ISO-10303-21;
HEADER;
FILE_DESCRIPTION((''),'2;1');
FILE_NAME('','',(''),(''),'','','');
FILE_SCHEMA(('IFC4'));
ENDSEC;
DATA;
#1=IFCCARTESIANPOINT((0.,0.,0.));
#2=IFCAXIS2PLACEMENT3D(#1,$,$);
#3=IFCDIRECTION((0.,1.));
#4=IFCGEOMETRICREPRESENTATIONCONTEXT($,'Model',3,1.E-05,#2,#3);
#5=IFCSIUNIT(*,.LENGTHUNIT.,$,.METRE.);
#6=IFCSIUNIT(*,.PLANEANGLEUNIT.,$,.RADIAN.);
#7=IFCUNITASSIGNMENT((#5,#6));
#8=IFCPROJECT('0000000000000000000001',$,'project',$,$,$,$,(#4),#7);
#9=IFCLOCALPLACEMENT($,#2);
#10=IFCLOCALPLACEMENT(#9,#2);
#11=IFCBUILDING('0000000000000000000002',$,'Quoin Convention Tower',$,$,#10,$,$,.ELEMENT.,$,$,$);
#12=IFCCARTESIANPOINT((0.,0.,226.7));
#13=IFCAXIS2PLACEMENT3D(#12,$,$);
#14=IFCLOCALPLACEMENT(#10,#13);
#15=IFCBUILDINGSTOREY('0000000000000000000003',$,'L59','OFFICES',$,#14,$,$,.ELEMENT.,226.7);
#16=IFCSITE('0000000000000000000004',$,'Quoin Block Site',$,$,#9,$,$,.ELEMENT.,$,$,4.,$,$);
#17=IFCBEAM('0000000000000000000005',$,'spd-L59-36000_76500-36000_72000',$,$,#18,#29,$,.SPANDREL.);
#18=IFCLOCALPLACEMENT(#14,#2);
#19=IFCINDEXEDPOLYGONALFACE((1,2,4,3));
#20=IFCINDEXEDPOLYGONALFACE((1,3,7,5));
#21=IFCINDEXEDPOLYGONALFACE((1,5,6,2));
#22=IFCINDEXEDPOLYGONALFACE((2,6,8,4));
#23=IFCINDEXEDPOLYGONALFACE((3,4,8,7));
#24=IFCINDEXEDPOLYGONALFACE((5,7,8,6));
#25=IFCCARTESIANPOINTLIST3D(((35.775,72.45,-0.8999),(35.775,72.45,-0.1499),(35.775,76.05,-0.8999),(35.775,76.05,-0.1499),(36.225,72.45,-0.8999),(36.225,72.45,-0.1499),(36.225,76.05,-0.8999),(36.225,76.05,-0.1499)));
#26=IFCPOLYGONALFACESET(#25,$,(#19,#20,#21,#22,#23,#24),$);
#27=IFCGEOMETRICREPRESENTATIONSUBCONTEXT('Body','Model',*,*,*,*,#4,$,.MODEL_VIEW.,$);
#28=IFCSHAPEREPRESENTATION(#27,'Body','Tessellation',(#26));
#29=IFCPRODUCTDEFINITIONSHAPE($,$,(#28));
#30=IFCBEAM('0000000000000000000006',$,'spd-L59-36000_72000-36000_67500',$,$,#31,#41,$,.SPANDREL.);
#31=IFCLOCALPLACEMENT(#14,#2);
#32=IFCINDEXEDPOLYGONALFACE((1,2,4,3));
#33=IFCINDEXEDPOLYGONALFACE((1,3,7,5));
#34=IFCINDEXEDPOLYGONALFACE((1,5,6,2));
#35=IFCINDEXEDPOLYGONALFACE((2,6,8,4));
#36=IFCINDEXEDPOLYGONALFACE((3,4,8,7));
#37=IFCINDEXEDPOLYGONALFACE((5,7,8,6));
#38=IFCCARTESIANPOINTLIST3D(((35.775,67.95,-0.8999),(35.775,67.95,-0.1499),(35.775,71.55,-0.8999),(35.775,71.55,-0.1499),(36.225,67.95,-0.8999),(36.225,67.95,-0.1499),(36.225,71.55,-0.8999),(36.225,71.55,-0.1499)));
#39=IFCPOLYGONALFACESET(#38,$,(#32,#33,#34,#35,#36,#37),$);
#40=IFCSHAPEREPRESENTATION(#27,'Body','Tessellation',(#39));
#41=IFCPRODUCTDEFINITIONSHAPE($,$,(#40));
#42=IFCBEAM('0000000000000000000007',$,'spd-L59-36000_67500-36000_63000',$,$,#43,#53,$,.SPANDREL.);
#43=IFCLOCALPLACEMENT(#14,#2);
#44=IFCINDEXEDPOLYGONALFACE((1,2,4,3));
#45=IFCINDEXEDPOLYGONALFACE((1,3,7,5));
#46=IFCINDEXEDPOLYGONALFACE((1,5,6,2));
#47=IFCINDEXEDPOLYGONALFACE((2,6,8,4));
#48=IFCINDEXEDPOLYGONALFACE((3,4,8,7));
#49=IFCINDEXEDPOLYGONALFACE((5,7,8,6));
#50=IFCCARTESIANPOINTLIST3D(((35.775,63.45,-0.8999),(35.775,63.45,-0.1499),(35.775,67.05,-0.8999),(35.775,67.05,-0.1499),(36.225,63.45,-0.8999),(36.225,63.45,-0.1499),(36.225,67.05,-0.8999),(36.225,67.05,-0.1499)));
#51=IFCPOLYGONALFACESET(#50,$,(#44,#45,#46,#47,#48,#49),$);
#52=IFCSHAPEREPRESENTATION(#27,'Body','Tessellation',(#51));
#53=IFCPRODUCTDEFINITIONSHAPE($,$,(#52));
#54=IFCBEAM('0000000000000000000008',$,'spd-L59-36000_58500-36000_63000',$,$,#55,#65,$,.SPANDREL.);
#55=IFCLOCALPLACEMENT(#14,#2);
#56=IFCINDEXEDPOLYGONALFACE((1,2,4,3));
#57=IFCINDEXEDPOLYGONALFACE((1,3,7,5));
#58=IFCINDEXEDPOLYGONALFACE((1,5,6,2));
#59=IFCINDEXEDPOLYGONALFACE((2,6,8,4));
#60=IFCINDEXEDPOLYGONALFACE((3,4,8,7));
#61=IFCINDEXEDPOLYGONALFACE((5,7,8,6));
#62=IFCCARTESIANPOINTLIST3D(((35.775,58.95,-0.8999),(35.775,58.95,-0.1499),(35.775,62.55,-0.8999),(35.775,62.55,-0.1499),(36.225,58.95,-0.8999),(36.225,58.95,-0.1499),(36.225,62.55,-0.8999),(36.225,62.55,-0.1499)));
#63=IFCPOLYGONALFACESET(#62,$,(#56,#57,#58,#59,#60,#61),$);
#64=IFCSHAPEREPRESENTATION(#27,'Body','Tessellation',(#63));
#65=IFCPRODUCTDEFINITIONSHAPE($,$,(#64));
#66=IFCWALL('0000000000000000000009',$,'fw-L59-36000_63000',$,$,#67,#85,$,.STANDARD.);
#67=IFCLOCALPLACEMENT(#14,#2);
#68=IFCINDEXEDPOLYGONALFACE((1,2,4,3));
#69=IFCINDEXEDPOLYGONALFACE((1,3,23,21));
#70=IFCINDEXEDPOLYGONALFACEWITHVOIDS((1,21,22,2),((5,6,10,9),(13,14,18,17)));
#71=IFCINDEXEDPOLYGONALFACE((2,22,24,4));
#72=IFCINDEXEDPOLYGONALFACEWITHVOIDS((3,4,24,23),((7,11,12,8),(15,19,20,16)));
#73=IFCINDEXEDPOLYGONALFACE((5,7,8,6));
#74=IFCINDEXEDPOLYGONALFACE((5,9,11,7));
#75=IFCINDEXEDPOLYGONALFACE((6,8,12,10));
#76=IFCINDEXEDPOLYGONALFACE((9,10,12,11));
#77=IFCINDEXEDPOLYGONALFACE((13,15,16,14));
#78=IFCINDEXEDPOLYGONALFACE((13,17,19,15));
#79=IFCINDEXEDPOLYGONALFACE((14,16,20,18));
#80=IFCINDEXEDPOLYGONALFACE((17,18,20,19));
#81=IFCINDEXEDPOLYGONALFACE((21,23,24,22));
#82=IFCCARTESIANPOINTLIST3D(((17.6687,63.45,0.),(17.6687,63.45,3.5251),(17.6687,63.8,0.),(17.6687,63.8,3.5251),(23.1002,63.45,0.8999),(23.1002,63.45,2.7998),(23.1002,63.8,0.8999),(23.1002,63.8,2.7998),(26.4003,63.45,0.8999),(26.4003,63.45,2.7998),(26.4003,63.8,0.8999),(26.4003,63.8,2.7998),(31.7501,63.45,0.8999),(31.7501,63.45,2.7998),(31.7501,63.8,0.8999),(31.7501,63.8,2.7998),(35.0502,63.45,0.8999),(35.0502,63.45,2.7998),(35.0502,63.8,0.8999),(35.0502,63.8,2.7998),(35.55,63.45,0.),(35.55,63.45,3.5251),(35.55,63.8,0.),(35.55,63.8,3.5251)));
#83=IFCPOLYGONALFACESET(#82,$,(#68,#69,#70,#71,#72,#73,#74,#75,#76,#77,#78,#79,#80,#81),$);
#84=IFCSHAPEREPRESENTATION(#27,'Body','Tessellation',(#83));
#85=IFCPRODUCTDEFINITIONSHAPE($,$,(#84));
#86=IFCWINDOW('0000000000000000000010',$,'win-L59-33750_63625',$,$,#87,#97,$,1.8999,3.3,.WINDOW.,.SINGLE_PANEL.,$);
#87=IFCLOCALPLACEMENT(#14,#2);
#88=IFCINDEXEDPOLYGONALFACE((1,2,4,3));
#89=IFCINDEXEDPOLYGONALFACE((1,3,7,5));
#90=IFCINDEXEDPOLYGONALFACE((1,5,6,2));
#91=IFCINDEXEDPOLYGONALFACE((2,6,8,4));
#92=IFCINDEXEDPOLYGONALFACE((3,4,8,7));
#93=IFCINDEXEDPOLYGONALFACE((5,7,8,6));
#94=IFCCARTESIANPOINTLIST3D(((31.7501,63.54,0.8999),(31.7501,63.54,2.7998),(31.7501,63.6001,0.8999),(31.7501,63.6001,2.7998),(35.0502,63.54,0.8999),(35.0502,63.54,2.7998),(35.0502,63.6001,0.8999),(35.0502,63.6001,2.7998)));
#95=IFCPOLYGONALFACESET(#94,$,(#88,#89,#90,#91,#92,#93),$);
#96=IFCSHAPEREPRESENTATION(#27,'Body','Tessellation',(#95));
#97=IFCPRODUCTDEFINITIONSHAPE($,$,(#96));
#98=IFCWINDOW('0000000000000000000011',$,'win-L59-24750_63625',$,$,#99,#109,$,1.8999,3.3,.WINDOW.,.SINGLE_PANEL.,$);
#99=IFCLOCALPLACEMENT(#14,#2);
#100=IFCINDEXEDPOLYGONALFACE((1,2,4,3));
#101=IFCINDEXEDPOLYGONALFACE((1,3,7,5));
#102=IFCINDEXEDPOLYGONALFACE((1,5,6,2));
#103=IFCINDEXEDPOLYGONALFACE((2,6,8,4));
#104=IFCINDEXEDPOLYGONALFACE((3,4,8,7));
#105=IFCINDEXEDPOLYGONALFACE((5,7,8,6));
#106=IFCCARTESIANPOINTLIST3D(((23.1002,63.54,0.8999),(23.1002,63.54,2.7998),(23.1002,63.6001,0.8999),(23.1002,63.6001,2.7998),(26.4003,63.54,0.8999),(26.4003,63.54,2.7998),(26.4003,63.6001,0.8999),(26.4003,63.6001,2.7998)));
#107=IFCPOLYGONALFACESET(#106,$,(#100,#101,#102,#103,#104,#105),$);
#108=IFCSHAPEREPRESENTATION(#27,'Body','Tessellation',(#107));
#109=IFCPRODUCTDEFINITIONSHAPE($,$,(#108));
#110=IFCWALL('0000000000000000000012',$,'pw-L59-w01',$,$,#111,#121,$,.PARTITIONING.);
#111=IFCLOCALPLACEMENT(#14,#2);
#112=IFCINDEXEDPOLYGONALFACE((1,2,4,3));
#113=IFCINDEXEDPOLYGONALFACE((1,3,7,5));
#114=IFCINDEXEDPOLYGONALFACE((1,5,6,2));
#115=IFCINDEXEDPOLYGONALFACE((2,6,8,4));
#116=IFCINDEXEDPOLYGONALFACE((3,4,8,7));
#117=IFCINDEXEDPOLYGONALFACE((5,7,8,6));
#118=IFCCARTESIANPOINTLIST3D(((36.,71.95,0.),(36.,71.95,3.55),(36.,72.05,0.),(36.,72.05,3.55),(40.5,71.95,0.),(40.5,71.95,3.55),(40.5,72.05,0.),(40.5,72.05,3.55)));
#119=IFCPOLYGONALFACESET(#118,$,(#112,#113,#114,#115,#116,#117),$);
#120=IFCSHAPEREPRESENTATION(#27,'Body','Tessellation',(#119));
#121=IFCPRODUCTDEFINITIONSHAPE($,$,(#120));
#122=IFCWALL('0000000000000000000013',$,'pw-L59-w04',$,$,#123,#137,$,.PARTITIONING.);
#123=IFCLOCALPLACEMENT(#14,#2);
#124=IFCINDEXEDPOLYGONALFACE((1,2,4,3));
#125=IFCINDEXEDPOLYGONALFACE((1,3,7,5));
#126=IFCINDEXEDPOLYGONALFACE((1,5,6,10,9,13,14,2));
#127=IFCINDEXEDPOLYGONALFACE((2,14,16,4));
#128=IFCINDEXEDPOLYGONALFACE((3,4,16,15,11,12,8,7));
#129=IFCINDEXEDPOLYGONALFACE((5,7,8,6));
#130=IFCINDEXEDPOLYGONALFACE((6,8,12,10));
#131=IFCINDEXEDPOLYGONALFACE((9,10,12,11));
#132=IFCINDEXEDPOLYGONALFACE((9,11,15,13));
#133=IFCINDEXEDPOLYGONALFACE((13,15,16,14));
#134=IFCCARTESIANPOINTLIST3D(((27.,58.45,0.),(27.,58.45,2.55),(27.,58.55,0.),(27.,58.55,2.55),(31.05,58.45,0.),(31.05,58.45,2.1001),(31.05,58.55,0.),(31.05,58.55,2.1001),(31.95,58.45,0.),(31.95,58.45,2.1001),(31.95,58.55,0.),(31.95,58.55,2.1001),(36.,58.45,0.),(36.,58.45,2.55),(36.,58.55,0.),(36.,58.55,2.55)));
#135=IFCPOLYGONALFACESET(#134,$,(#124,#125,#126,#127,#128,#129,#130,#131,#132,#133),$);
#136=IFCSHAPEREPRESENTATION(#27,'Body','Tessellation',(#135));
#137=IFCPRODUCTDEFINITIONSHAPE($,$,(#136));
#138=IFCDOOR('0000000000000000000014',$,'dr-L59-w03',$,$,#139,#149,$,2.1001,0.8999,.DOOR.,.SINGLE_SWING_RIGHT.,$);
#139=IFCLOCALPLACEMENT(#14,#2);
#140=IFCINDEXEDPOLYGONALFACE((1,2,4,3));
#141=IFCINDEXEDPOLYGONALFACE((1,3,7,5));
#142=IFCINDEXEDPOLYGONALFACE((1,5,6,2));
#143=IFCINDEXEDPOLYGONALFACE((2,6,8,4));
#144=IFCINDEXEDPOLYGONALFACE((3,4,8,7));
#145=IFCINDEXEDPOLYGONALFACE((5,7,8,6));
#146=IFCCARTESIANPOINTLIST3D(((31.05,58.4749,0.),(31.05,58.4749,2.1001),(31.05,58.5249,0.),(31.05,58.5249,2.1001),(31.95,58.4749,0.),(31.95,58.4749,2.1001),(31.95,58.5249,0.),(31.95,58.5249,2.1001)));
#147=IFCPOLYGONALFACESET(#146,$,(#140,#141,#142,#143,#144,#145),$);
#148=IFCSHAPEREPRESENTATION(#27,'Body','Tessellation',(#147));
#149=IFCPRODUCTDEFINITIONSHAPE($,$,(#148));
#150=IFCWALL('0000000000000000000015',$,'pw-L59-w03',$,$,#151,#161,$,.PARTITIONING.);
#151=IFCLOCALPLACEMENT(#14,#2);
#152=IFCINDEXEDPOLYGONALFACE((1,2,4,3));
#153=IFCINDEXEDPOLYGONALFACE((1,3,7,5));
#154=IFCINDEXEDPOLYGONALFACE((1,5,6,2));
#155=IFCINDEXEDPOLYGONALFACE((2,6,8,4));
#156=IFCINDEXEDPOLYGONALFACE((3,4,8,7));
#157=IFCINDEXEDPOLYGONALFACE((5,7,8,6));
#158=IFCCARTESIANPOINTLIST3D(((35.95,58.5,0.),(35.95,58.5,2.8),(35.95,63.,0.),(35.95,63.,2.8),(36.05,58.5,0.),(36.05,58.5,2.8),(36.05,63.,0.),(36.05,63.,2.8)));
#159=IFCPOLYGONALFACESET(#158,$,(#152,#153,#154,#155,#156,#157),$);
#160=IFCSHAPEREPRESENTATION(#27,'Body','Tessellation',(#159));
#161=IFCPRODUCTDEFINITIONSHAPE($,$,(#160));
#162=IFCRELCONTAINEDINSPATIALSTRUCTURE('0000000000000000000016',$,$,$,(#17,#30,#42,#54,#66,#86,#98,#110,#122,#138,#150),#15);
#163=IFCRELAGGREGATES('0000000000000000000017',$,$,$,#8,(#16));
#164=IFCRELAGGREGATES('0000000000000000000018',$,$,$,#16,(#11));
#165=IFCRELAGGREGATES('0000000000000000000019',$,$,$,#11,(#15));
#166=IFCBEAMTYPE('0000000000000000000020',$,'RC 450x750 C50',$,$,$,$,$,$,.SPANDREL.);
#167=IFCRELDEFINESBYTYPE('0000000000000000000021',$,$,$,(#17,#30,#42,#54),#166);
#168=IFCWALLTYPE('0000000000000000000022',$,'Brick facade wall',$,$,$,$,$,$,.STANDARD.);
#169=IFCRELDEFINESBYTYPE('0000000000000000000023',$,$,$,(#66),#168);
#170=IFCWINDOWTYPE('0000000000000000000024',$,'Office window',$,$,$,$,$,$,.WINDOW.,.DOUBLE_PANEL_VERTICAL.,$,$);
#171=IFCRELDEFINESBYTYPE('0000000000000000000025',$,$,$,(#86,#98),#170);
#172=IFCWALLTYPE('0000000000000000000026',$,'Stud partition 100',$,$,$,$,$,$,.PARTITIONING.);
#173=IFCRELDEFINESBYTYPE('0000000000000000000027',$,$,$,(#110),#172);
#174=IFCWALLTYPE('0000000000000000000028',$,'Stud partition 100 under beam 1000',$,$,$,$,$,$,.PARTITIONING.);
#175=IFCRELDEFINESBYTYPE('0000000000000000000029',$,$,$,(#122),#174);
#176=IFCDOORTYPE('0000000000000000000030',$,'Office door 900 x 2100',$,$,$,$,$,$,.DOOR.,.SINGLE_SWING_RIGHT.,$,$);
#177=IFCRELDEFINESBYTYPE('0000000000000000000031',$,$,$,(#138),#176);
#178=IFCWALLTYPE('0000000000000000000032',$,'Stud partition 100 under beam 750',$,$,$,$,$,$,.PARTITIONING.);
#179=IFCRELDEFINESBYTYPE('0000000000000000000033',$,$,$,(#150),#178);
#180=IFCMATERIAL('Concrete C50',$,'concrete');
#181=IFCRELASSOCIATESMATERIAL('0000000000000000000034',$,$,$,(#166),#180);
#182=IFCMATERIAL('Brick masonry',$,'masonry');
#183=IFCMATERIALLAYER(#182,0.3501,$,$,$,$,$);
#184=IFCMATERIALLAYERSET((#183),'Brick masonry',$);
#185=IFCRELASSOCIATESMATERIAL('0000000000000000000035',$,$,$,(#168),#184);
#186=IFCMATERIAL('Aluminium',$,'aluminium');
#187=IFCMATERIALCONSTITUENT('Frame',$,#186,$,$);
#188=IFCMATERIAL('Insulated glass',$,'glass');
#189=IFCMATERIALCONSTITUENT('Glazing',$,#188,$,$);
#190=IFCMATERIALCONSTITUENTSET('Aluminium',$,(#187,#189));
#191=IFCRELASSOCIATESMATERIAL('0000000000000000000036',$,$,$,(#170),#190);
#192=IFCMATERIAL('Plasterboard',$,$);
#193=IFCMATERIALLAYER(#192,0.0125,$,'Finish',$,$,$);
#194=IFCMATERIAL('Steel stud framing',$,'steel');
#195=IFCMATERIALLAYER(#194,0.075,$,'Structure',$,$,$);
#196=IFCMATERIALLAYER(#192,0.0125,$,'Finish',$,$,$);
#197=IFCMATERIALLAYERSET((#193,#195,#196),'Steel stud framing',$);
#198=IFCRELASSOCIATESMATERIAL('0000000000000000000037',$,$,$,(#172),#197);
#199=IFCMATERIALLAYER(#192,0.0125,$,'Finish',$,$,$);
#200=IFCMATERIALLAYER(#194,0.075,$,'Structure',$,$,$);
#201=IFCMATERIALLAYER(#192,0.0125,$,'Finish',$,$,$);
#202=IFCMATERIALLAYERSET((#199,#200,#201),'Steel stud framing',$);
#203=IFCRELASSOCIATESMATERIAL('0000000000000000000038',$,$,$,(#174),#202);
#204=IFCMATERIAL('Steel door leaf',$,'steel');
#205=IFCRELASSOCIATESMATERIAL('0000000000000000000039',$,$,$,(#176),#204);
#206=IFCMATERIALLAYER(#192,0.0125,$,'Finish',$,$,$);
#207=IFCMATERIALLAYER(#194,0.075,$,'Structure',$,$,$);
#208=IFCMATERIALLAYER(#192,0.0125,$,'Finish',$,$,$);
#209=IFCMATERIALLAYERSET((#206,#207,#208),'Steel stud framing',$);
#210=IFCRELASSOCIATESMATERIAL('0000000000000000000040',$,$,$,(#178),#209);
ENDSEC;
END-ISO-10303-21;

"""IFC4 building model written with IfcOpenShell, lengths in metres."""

from ifc_helpers import new_model, si_unit, direction, frame, frame_2d, origin, origin_2d, place, context, subcontext, project, spatial, rectangle, extrude, material, layer, layer_set, constituent, constituent_set, material_profile, profile_set, type_object, element, fill, save


model = new_model("IFC4")

# Units and contexts
model_context = context("Model", 3, precision=1e-05, world=origin(), true_north=direction((0.0, 1.0)))
body_context = subcontext(model_context, "Body", "Model", "MODEL_VIEW")
ifc_project = project(units=[si_unit("LENGTHUNIT", "METRE"), si_unit("PLANEANGLEUNIT", "RADIAN")], contexts=[model_context])

# Site, building, storey
site_placement = place(None, origin())
site = spatial("IfcSite", under=ifc_project, at=site_placement, Name="Quoin Block Site", CompositionType="ELEMENT", RefElevation=4.0)
building_placement = place(site_placement, origin())
building = spatial("IfcBuilding", under=site, at=building_placement, Name="Quoin Convention Tower", CompositionType="ELEMENT")
storey_placement = place(building_placement, frame((0.0, 0.0, 226.7)))
storey = spatial("IfcBuildingStorey", under=building, at=storey_placement, Name="L59", Description="OFFICES", CompositionType="ELEMENT", Elevation=226.7)

# Shared definitions
ifc_material_1 = material(Name="Concrete C50", Category="concrete")

# Beams
ifc_material_profile_1 = material_profile(ifc_material_1, rectangle(XDim=0.45, YDim=0.75, at=origin_2d()), Name="RC 450x750")
ifc_profile_set_1 = profile_set([ifc_material_profile_1], Name="Concrete C50")
beam_type_1 = type_object("IfcBeamType", Name="RC 450x750 C50", PredefinedType="SPANDREL", material=ifc_profile_set_1)
for number, where, z_axis, x_axis, name in (
    (1, (36.0, 76.05, -0.5249), (0.0, -1.0, 0.0), (1.0, 0.0, 0.0), "spd-L59-36000_76500-36000_72000"),
    (2, (36.0, 71.55, -0.5249), (0.0, -1.0, 0.0), (1.0, 0.0, 0.0), "spd-L59-36000_72000-36000_67500"),
    (3, (36.0, 67.05, -0.5249), (0.0, -1.0, 0.0), (1.0, 0.0, 0.0), "spd-L59-36000_67500-36000_63000"),
    (4, (36.0, 58.95, -0.5249), (0.0, 1.0, 0.0), (-1.0, 0.0, 0.0), "spd-L59-36000_58500-36000_63000"),
):
    element("IfcBeam", number, at=place(storey_placement, frame(where, z_axis=z_axis, x_axis=x_axis)), inside=storey, type_object=beam_type_1, Name=name, PredefinedType="SPANDREL", context=body_context, shape_type="SweptSolid", body=[
        extrude(rectangle(XDim=0.45, YDim=0.75, at=origin_2d()), origin(), (0.0, 0.0, 1.0), 3.6001),
    ])

# Wall, openings, windows
ifc_material_2 = material(Name="Brick masonry", Category="masonry")
ifc_layer_1 = layer(ifc_material_2, 0.3501)
ifc_layer_set_1 = layer_set([ifc_layer_1], Name="Brick masonry")
wall_type_1 = type_object("IfcWallType", Name="Brick facade wall", PredefinedType="STANDARD", material=ifc_layer_set_1)
wall_1_placement = place(storey_placement, frame((35.55, 63.625, 0.0), z_axis=(0.0, 0.0, 1.0), x_axis=(-1.0, 0.0, 0.0)))
wall_1 = element("IfcWall", 5, at=wall_1_placement, inside=storey, type_object=wall_type_1, Name="fw-L59-36000_63000", PredefinedType="STANDARD", context=body_context, shape_type="SweptSolid", body=[
    extrude(rectangle(XDim=17.8813, YDim=0.3501, at=frame_2d((8.9407, 0.0))), origin(), (0.0, 0.0, 1.0), 3.5251),
])
opening_1_placement = place(wall_1_placement, frame((0.5, 0.0, 0.8999)))
opening_1 = element("IfcOpeningElement", 6, at=opening_1_placement, cuts=wall_1, PredefinedType="OPENING", context=body_context, shape_type="SweptSolid", body=[
    extrude(rectangle(XDim=3.3, YDim=1.8999, at=frame_2d((1.6499, 0.95))), frame((0.0, 0.1851, 0.0), z_axis=(0.0, -1.0, 0.0), x_axis=(1.0, 0.0, 0.0)), (0.0, 0.0, 1.0), 0.3701),
])
opening_2_placement = place(wall_1_placement, frame((9.1499, 0.0, 0.8999)))
opening_2 = element("IfcOpeningElement", 7, at=opening_2_placement, cuts=wall_1, PredefinedType="OPENING", context=body_context, shape_type="SweptSolid", body=[
    extrude(rectangle(XDim=3.3, YDim=1.8999, at=frame_2d((1.6499, 0.95))), frame((0.0, 0.1851, 0.0), z_axis=(0.0, -1.0, 0.0), x_axis=(1.0, 0.0, 0.0)), (0.0, 0.0, 1.0), 0.3701),
])
ifc_material_3 = material(Name="Aluminium", Category="aluminium")
ifc_constituent_1 = constituent(ifc_material_3, Name="Frame")
ifc_material_4 = material(Name="Insulated glass", Category="glass")
ifc_constituent_2 = constituent(ifc_material_4, Name="Glazing")
ifc_constituent_set = constituent_set(constituents=[ifc_constituent_1, ifc_constituent_2], Name="Aluminium")
window_type = type_object("IfcWindowType", Name="Office window", PartitioningType="DOUBLE_PANEL_VERTICAL", PredefinedType="WINDOW", material=ifc_constituent_set)
window_1_placement = place(opening_1_placement, origin())
window_1 = element("IfcWindow", 8, at=window_1_placement, inside=storey, type_object=window_type, Name="win-L59-33750_63625", OverallHeight=1.8999, OverallWidth=3.3, PartitioningType="SINGLE_PANEL", PredefinedType="WINDOW", context=body_context, shape_type="SweptSolid", body=[
    extrude(rectangle(XDim=3.3, YDim=1.8999, at=frame_2d((1.6499, 0.95))), frame((0.0, 0.085, 0.0), z_axis=(0.0, -1.0, 0.0), x_axis=(1.0, 0.0, 0.0)), (0.0, 0.0, 1.0), 0.0601),
])
fill(opening_1, window_1)
window_2_placement = place(opening_2_placement, origin())
window_2 = element("IfcWindow", 9, at=window_2_placement, inside=storey, type_object=window_type, Name="win-L59-24750_63625", OverallHeight=1.8999, OverallWidth=3.3, PartitioningType="SINGLE_PANEL", PredefinedType="WINDOW", context=body_context, shape_type="SweptSolid", body=[
    extrude(rectangle(XDim=3.3, YDim=1.8999, at=frame_2d((1.6499, 0.95))), frame((0.0, 0.085, 0.0), z_axis=(0.0, -1.0, 0.0), x_axis=(1.0, 0.0, 0.0)), (0.0, 0.0, 1.0), 0.0601),
])
fill(opening_2, window_2)

# Wall
ifc_material_5 = material(Name="Plasterboard")
ifc_layer_2 = layer(ifc_material_5, 0.0125, Name="Finish")
ifc_material_6 = material(Name="Steel stud framing", Category="steel")
ifc_layer_3 = layer(ifc_material_6, 0.075, Name="Structure")
ifc_layer_4 = layer(ifc_material_5, 0.0125, Name="Finish")
ifc_layer_set_2 = layer_set([ifc_layer_2, ifc_layer_3, ifc_layer_4], Name="Steel stud framing")
wall_type_2 = type_object("IfcWallType", Name="Stud partition 100", PredefinedType="PARTITIONING", material=ifc_layer_set_2)
wall_2_placement = place(storey_placement, frame((36.0, 72.0, 0.0), z_axis=(0.0, 0.0, 1.0), x_axis=(1.0, 0.0, 0.0)))
element("IfcWall", 10, at=wall_2_placement, inside=storey, type_object=wall_type_2, Name="pw-L59-w01", PredefinedType="PARTITIONING", context=body_context, shape_type="SweptSolid", body=[
    extrude(rectangle(XDim=4.5, YDim=0.1001, at=frame_2d((2.25, 0.0))), origin(), (0.0, 0.0, 1.0), 3.55),
])

# Wall, opening, door
ifc_layer_5 = layer(ifc_material_5, 0.0125, Name="Finish")
ifc_layer_6 = layer(ifc_material_6, 0.075, Name="Structure")
ifc_layer_7 = layer(ifc_material_5, 0.0125, Name="Finish")
ifc_layer_set_3 = layer_set([ifc_layer_5, ifc_layer_6, ifc_layer_7], Name="Steel stud framing")
wall_type_3 = type_object("IfcWallType", Name="Stud partition 100 under beam 1000", PredefinedType="PARTITIONING", material=ifc_layer_set_3)
wall_3_placement = place(storey_placement, frame((36.0, 58.5, 0.0), z_axis=(0.0, 0.0, 1.0), x_axis=(-1.0, 0.0, 0.0)))
wall_3 = element("IfcWall", 11, at=wall_3_placement, inside=storey, type_object=wall_type_3, Name="pw-L59-w04", PredefinedType="PARTITIONING", context=body_context, shape_type="SweptSolid", body=[
    extrude(rectangle(XDim=9.0, YDim=0.1001, at=frame_2d((4.5, 0.0))), origin(), (0.0, 0.0, 1.0), 2.55),
])
opening_3_placement = place(wall_3_placement, frame((4.05, 0.0, 0.0)))
opening_3 = element("IfcOpeningElement", 12, at=opening_3_placement, cuts=wall_3, PredefinedType="OPENING", context=body_context, shape_type="SweptSolid", body=[
    extrude(rectangle(XDim=0.8999, YDim=2.1001, at=frame_2d((0.45, 1.05))), frame((0.0, 0.0601, 0.0), z_axis=(0.0, -1.0, 0.0), x_axis=(1.0, 0.0, 0.0)), (0.0, 0.0, 1.0), 0.1201),
])
ifc_material_7 = material(Name="Steel door leaf", Category="steel")
door_type = type_object("IfcDoorType", Name="Office door 900 x 2100", OperationType="SINGLE_SWING_RIGHT", PredefinedType="DOOR", material=ifc_material_7)
door_placement = place(opening_3_placement, frame((0.8999, 0.0, 0.0), z_axis=(0.0, 0.0, 1.0), x_axis=(-1.0, 0.0, 0.0)))
door = element("IfcDoor", 13, at=door_placement, inside=storey, type_object=door_type, Name="dr-L59-w03", OperationType="SINGLE_SWING_RIGHT", OverallHeight=2.1001, OverallWidth=0.8999, PredefinedType="DOOR", context=body_context, shape_type="SweptSolid", body=[
    extrude(rectangle(XDim=0.8999, YDim=2.1001, at=frame_2d((0.45, 1.05))), frame((0.0, 0.0249, 0.0), z_axis=(0.0, -1.0, 0.0), x_axis=(1.0, 0.0, 0.0)), (0.0, 0.0, 1.0), 0.05),
])
fill(opening_3, door)

# Wall
ifc_layer_8 = layer(ifc_material_5, 0.0125, Name="Finish")
ifc_layer_9 = layer(ifc_material_6, 0.075, Name="Structure")
ifc_layer_10 = layer(ifc_material_5, 0.0125, Name="Finish")
ifc_layer_set_4 = layer_set([ifc_layer_8, ifc_layer_9, ifc_layer_10], Name="Steel stud framing")
wall_type_4 = type_object("IfcWallType", Name="Stud partition 100 under beam 750", PredefinedType="PARTITIONING", material=ifc_layer_set_4)
wall_4_placement = place(storey_placement, frame((36.0, 63.0, 0.0), z_axis=(0.0, 0.0, 1.0), x_axis=(0.0, -1.0, 0.0)))
element("IfcWall", 14, at=wall_4_placement, inside=storey, type_object=wall_type_4, Name="pw-L59-w03", PredefinedType="PARTITIONING", context=body_context, shape_type="SweptSolid", body=[
    extrude(rectangle(XDim=4.5, YDim=0.1001, at=frame_2d((2.25, 0.0))), origin(), (0.0, 0.0, 1.0), 2.8),
])

save(model, "model.ifc")
